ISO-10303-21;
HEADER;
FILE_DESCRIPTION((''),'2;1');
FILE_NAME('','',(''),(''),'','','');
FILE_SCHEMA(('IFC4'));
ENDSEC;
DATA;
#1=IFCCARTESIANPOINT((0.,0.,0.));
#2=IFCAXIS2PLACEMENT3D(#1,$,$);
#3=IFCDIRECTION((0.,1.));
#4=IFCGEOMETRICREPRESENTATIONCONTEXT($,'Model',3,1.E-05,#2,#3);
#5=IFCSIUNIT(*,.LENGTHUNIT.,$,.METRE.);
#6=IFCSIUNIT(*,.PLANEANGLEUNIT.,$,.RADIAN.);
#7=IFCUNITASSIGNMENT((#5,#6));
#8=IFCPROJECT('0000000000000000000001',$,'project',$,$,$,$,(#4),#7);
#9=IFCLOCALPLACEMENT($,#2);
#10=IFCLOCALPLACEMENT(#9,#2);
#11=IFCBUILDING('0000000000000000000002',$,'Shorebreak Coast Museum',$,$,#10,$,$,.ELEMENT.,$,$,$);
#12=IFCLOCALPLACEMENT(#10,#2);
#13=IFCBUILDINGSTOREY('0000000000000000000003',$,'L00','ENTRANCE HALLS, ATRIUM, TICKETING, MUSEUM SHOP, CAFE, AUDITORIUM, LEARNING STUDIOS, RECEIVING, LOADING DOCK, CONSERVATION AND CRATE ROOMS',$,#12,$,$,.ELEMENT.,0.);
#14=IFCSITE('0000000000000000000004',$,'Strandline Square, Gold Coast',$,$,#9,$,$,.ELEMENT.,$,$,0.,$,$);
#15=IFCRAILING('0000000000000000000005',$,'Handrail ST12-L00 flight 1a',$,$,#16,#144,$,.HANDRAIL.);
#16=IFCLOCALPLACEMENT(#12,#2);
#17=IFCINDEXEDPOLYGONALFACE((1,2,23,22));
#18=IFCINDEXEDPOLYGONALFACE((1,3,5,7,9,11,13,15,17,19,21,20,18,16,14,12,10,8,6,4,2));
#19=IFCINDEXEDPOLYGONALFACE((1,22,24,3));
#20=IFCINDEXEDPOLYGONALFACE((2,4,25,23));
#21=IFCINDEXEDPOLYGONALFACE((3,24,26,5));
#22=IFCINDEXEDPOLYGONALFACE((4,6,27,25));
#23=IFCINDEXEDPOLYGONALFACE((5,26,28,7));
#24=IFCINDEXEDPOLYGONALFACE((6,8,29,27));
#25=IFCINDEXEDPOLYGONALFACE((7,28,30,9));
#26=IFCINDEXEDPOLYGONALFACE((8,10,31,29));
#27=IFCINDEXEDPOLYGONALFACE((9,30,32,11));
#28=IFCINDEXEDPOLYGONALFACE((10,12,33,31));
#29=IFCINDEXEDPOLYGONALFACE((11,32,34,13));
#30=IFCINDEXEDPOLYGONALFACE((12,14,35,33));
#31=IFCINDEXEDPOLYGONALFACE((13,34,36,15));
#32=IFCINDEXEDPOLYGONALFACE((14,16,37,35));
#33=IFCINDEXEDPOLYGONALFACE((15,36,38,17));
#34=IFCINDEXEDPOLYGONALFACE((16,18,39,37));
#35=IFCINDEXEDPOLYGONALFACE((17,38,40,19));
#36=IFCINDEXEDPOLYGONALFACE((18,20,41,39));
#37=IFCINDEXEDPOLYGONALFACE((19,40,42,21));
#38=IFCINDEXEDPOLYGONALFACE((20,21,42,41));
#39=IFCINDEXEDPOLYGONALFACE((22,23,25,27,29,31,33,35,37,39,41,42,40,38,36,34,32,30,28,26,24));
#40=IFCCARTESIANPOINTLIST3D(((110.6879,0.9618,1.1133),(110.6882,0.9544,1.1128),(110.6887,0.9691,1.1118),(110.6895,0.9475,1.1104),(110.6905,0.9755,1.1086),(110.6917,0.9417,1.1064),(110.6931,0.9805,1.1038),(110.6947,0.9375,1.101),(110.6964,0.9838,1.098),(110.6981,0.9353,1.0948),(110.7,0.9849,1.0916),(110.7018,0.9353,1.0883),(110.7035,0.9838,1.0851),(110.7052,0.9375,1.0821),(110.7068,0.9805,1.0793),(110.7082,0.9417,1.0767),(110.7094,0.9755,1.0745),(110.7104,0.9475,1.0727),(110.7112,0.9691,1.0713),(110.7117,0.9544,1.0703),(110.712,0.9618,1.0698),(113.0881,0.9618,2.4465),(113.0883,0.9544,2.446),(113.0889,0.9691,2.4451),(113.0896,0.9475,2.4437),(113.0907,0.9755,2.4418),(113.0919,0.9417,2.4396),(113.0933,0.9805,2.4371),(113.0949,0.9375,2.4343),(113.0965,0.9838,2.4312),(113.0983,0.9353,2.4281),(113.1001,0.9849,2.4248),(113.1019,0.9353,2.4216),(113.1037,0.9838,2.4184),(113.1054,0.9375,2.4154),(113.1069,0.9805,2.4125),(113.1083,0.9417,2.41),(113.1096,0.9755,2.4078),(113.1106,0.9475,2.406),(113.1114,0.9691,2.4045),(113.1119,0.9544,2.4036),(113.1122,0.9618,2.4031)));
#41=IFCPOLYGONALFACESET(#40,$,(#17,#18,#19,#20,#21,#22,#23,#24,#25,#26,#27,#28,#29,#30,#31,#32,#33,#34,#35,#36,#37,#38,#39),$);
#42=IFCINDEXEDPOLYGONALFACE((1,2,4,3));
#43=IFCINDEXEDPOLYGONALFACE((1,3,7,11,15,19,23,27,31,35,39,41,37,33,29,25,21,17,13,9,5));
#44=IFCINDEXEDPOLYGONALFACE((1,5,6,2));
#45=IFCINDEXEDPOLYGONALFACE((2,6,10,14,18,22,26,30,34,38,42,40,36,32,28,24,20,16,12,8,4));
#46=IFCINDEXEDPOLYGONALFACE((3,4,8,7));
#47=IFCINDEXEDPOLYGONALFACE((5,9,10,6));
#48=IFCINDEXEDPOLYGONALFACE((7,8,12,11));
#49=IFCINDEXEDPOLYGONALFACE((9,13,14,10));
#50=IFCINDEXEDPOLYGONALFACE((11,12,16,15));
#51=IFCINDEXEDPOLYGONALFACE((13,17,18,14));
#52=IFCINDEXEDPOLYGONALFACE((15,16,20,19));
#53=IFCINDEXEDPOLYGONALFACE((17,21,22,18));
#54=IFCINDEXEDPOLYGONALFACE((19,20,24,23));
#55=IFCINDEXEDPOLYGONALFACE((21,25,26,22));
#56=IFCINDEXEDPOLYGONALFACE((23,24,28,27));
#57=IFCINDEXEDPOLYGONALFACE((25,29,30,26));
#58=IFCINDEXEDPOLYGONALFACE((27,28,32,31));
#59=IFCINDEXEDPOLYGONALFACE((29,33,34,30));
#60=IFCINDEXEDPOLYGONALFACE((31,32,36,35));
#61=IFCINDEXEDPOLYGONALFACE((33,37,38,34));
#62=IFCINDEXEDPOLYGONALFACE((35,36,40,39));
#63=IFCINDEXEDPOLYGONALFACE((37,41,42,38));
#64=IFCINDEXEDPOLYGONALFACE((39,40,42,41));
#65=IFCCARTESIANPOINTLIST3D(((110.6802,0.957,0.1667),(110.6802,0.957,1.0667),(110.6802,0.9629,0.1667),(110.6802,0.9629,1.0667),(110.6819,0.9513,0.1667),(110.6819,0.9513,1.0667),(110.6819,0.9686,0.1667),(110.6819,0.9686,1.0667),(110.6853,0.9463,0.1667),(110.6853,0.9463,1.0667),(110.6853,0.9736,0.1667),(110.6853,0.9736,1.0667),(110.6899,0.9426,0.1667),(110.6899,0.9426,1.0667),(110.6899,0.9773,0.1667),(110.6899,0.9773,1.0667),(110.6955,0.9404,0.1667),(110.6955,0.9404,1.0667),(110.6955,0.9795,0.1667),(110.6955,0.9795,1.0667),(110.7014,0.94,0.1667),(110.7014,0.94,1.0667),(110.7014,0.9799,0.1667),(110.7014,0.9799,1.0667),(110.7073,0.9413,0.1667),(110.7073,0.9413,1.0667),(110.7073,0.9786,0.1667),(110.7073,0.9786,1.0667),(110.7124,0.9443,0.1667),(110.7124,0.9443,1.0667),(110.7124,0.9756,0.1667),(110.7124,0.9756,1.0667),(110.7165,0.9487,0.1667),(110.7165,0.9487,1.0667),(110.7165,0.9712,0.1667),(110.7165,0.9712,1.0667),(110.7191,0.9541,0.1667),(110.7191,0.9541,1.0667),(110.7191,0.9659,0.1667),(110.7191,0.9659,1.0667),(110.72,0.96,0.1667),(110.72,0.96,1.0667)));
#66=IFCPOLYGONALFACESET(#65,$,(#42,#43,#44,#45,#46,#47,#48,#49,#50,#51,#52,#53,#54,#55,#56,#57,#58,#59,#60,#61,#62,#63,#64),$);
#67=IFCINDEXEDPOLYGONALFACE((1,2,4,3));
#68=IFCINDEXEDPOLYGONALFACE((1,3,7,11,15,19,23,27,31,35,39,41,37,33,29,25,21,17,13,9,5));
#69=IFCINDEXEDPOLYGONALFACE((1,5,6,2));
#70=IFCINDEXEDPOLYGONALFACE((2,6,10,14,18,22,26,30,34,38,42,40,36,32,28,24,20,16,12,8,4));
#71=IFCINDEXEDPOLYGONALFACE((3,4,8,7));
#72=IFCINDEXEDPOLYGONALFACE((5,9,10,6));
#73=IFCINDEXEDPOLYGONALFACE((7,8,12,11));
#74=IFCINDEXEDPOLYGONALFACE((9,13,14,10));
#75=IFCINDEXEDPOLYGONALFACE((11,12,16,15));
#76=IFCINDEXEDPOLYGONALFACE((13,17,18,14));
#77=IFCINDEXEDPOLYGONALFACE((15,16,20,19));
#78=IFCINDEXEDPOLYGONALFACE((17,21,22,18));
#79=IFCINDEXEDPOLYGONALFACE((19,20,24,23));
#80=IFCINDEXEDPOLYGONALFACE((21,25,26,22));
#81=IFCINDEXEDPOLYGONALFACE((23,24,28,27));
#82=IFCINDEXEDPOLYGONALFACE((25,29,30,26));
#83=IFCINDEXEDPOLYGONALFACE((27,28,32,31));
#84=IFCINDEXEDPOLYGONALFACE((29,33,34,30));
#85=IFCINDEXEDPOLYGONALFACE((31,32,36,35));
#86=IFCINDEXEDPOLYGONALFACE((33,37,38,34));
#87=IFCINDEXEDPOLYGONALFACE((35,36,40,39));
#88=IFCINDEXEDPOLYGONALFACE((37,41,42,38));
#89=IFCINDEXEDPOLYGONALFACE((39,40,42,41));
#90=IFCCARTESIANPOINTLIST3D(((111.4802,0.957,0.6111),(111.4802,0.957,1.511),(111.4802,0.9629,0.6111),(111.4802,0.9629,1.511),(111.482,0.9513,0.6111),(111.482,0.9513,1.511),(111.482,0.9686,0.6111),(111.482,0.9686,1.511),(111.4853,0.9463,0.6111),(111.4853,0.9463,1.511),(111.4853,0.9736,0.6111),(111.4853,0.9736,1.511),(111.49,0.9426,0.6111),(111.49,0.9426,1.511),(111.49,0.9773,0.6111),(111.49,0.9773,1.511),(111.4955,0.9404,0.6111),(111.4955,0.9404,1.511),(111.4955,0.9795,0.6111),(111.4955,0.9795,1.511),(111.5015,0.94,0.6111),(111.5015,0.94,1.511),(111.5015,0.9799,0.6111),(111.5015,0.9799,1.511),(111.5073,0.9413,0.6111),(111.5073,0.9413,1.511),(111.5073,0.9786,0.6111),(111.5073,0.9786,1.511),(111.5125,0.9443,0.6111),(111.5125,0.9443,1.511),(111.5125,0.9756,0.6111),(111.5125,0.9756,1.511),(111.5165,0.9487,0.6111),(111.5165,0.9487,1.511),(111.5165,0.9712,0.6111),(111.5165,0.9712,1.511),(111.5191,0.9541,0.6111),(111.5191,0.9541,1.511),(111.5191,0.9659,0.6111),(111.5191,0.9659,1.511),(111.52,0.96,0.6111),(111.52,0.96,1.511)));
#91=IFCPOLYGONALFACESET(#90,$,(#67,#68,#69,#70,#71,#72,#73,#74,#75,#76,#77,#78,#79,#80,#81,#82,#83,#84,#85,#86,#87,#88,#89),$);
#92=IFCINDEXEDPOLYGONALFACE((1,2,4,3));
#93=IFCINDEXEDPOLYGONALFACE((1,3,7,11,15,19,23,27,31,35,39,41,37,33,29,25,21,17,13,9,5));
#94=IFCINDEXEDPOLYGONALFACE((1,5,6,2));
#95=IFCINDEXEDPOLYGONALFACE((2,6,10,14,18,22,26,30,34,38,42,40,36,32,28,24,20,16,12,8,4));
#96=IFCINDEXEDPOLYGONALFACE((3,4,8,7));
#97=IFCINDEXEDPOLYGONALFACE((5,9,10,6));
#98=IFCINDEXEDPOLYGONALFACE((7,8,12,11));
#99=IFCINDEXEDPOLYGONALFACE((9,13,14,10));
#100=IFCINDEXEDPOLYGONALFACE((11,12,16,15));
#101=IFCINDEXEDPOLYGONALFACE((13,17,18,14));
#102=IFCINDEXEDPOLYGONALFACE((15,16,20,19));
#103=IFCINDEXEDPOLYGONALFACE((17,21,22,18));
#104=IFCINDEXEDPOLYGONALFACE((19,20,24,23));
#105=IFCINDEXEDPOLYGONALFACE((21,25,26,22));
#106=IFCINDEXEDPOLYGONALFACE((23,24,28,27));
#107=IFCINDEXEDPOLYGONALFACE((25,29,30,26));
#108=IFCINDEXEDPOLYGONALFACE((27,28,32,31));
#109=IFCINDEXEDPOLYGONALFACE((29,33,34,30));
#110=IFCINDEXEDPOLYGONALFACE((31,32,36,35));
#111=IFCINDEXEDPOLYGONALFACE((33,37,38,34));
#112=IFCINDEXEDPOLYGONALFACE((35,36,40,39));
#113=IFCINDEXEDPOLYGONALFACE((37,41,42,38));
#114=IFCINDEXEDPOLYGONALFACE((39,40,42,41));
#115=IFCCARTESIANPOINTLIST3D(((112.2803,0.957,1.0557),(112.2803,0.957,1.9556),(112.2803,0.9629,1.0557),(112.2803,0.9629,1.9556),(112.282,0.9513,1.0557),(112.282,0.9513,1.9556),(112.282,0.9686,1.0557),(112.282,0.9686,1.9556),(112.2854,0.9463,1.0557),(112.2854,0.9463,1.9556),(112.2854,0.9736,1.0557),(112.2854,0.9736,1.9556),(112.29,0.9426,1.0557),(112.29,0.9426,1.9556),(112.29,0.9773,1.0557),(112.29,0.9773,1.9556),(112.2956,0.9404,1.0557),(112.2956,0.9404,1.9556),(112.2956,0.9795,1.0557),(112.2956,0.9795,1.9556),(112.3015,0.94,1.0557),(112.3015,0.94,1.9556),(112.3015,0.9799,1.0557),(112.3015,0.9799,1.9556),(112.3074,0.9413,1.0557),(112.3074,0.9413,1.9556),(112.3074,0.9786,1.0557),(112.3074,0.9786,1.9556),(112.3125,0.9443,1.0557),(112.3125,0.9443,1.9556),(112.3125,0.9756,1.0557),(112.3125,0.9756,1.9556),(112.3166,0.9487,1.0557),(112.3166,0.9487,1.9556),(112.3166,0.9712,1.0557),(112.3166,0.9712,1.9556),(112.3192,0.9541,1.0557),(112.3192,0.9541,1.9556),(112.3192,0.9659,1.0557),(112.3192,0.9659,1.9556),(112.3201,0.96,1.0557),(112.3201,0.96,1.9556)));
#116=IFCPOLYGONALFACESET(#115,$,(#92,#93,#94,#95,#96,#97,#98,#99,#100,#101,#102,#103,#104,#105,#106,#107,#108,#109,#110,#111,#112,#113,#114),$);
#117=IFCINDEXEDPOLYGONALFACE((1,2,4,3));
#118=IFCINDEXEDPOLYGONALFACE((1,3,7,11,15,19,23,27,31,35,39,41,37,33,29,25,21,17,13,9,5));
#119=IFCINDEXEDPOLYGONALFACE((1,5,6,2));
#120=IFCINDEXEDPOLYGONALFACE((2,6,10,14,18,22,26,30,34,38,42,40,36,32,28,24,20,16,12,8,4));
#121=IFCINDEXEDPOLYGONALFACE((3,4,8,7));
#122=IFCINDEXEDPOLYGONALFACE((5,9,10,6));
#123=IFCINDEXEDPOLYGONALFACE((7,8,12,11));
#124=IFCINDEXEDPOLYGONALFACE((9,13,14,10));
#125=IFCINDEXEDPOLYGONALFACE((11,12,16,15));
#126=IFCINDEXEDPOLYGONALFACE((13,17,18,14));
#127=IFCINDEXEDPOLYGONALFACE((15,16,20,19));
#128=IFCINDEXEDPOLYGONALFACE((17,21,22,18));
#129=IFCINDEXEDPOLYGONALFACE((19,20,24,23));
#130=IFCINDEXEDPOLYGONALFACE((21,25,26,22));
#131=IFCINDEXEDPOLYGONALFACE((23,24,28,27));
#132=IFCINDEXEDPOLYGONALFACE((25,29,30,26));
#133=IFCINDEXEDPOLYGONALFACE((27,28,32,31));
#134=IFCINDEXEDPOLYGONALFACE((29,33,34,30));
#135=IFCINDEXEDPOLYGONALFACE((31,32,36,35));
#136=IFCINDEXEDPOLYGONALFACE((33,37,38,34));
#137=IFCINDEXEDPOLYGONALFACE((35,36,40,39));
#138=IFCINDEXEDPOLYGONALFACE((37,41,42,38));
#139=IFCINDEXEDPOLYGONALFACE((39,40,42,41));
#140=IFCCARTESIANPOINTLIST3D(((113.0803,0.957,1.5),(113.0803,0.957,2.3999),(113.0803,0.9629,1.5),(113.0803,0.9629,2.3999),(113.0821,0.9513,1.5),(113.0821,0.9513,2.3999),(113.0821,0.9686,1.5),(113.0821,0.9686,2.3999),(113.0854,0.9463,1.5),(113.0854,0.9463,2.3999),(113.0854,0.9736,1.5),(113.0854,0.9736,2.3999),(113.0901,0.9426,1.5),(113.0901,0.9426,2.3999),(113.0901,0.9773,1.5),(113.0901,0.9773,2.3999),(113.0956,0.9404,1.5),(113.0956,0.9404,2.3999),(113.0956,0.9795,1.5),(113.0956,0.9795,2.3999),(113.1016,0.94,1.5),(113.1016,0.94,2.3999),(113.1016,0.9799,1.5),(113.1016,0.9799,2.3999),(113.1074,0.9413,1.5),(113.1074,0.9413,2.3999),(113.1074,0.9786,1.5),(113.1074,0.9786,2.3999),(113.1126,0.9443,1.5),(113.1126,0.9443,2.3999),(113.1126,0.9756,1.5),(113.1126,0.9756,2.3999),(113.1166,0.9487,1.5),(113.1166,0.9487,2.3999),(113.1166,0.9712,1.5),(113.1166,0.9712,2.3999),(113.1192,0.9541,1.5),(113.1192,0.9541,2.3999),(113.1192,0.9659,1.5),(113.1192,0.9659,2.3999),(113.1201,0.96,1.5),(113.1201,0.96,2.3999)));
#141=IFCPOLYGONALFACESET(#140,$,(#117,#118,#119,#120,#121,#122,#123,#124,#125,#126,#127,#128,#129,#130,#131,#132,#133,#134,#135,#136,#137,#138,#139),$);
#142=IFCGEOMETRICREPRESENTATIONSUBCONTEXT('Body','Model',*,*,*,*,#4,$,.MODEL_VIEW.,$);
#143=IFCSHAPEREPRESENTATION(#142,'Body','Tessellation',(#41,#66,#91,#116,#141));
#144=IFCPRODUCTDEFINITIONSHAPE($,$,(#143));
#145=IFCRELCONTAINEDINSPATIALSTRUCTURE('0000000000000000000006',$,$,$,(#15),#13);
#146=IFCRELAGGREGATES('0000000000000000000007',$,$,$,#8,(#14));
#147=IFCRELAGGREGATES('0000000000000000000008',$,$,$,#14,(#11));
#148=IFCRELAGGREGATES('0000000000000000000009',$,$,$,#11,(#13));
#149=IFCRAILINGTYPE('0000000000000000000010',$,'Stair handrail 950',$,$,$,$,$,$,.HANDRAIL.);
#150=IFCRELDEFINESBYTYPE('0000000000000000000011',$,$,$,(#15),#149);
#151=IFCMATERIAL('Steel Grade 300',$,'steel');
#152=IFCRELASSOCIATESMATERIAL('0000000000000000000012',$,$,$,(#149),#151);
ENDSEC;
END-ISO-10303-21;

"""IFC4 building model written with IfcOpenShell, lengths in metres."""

from ifc_helpers import new_model, si_unit, direction, frame, origin, origin_2d, place, context, subcontext, project, spatial, circle, extrude, material, type_object, element, save


model = new_model("IFC4")

# Units and contexts
model_context = context("Model", 3, precision=1e-05, world=origin(), true_north=direction((0.0, 1.0)))
body_context = subcontext(model_context, "Body", "Model", "MODEL_VIEW")
ifc_project = project(units=[si_unit("LENGTHUNIT", "METRE"), si_unit("PLANEANGLEUNIT", "RADIAN")], contexts=[model_context])

# Site, building, storey
site_placement = place(None, origin())
site = spatial("IfcSite", under=ifc_project, at=site_placement, Name="Strandline Square, Gold Coast", CompositionType="ELEMENT", RefElevation=0.0)
building_placement = place(site_placement, origin())
building = spatial("IfcBuilding", under=site, at=building_placement, Name="Shorebreak Coast Museum", CompositionType="ELEMENT")
storey_placement = place(building_placement, origin())
storey = spatial("IfcBuildingStorey", under=building, at=storey_placement, Name="L00", Description="ENTRANCE HALLS, ATRIUM, TICKETING, MUSEUM SHOP, CAFE, AUDITORIUM, LEARNING STUDIOS, RECEIVING, LOADING DOCK, CONSERVATION AND CRATE ROOMS", CompositionType="ELEMENT", Elevation=0.0)

# Railing
ifc_material_1 = material(Name="Steel Grade 300", Category="steel")
railing_type_1 = type_object("IfcRailingType", Name="Stair handrail 950", PredefinedType="HANDRAIL", material=ifc_material_1)
for number, where, name in (
    (1, (110.7, 0.96, 0.1667), "Handrail ST12-L00 flight 1a"),
):
    element("IfcRailing", number, at=place(storey_placement, frame(where)), inside=storey, type_object=railing_type_1, Name=name, PredefinedType="HANDRAIL", context=body_context, shape_type="SweptSolid", body=[
        extrude(circle(Radius=0.0249, at=origin_2d()), frame((0.0, 0.0, 0.9248), z_axis=(0.874182, 0.0, 0.485598), x_axis=(0.0, 1.0, 0.0)), (0.0, 0.0, 1.0), 2.7456),
        extrude(circle(Radius=0.02, at=origin_2d()), origin(), (0.0, 0.0, 1.0), 0.8999),
        extrude(circle(Radius=0.02, at=origin_2d()), frame((0.8, 0.0, 0.4443)), (0.0, 0.0, 1.0), 0.8999),
        extrude(circle(Radius=0.02, at=origin_2d()), frame((1.6001, 0.0, 0.8889)), (0.0, 0.0, 1.0), 0.8999),
        extrude(circle(Radius=0.02, at=origin_2d()), frame((2.4001, 0.0, 1.3333)), (0.0, 0.0, 1.0), 0.8999),
    ])

save(model, "model.ifc")
